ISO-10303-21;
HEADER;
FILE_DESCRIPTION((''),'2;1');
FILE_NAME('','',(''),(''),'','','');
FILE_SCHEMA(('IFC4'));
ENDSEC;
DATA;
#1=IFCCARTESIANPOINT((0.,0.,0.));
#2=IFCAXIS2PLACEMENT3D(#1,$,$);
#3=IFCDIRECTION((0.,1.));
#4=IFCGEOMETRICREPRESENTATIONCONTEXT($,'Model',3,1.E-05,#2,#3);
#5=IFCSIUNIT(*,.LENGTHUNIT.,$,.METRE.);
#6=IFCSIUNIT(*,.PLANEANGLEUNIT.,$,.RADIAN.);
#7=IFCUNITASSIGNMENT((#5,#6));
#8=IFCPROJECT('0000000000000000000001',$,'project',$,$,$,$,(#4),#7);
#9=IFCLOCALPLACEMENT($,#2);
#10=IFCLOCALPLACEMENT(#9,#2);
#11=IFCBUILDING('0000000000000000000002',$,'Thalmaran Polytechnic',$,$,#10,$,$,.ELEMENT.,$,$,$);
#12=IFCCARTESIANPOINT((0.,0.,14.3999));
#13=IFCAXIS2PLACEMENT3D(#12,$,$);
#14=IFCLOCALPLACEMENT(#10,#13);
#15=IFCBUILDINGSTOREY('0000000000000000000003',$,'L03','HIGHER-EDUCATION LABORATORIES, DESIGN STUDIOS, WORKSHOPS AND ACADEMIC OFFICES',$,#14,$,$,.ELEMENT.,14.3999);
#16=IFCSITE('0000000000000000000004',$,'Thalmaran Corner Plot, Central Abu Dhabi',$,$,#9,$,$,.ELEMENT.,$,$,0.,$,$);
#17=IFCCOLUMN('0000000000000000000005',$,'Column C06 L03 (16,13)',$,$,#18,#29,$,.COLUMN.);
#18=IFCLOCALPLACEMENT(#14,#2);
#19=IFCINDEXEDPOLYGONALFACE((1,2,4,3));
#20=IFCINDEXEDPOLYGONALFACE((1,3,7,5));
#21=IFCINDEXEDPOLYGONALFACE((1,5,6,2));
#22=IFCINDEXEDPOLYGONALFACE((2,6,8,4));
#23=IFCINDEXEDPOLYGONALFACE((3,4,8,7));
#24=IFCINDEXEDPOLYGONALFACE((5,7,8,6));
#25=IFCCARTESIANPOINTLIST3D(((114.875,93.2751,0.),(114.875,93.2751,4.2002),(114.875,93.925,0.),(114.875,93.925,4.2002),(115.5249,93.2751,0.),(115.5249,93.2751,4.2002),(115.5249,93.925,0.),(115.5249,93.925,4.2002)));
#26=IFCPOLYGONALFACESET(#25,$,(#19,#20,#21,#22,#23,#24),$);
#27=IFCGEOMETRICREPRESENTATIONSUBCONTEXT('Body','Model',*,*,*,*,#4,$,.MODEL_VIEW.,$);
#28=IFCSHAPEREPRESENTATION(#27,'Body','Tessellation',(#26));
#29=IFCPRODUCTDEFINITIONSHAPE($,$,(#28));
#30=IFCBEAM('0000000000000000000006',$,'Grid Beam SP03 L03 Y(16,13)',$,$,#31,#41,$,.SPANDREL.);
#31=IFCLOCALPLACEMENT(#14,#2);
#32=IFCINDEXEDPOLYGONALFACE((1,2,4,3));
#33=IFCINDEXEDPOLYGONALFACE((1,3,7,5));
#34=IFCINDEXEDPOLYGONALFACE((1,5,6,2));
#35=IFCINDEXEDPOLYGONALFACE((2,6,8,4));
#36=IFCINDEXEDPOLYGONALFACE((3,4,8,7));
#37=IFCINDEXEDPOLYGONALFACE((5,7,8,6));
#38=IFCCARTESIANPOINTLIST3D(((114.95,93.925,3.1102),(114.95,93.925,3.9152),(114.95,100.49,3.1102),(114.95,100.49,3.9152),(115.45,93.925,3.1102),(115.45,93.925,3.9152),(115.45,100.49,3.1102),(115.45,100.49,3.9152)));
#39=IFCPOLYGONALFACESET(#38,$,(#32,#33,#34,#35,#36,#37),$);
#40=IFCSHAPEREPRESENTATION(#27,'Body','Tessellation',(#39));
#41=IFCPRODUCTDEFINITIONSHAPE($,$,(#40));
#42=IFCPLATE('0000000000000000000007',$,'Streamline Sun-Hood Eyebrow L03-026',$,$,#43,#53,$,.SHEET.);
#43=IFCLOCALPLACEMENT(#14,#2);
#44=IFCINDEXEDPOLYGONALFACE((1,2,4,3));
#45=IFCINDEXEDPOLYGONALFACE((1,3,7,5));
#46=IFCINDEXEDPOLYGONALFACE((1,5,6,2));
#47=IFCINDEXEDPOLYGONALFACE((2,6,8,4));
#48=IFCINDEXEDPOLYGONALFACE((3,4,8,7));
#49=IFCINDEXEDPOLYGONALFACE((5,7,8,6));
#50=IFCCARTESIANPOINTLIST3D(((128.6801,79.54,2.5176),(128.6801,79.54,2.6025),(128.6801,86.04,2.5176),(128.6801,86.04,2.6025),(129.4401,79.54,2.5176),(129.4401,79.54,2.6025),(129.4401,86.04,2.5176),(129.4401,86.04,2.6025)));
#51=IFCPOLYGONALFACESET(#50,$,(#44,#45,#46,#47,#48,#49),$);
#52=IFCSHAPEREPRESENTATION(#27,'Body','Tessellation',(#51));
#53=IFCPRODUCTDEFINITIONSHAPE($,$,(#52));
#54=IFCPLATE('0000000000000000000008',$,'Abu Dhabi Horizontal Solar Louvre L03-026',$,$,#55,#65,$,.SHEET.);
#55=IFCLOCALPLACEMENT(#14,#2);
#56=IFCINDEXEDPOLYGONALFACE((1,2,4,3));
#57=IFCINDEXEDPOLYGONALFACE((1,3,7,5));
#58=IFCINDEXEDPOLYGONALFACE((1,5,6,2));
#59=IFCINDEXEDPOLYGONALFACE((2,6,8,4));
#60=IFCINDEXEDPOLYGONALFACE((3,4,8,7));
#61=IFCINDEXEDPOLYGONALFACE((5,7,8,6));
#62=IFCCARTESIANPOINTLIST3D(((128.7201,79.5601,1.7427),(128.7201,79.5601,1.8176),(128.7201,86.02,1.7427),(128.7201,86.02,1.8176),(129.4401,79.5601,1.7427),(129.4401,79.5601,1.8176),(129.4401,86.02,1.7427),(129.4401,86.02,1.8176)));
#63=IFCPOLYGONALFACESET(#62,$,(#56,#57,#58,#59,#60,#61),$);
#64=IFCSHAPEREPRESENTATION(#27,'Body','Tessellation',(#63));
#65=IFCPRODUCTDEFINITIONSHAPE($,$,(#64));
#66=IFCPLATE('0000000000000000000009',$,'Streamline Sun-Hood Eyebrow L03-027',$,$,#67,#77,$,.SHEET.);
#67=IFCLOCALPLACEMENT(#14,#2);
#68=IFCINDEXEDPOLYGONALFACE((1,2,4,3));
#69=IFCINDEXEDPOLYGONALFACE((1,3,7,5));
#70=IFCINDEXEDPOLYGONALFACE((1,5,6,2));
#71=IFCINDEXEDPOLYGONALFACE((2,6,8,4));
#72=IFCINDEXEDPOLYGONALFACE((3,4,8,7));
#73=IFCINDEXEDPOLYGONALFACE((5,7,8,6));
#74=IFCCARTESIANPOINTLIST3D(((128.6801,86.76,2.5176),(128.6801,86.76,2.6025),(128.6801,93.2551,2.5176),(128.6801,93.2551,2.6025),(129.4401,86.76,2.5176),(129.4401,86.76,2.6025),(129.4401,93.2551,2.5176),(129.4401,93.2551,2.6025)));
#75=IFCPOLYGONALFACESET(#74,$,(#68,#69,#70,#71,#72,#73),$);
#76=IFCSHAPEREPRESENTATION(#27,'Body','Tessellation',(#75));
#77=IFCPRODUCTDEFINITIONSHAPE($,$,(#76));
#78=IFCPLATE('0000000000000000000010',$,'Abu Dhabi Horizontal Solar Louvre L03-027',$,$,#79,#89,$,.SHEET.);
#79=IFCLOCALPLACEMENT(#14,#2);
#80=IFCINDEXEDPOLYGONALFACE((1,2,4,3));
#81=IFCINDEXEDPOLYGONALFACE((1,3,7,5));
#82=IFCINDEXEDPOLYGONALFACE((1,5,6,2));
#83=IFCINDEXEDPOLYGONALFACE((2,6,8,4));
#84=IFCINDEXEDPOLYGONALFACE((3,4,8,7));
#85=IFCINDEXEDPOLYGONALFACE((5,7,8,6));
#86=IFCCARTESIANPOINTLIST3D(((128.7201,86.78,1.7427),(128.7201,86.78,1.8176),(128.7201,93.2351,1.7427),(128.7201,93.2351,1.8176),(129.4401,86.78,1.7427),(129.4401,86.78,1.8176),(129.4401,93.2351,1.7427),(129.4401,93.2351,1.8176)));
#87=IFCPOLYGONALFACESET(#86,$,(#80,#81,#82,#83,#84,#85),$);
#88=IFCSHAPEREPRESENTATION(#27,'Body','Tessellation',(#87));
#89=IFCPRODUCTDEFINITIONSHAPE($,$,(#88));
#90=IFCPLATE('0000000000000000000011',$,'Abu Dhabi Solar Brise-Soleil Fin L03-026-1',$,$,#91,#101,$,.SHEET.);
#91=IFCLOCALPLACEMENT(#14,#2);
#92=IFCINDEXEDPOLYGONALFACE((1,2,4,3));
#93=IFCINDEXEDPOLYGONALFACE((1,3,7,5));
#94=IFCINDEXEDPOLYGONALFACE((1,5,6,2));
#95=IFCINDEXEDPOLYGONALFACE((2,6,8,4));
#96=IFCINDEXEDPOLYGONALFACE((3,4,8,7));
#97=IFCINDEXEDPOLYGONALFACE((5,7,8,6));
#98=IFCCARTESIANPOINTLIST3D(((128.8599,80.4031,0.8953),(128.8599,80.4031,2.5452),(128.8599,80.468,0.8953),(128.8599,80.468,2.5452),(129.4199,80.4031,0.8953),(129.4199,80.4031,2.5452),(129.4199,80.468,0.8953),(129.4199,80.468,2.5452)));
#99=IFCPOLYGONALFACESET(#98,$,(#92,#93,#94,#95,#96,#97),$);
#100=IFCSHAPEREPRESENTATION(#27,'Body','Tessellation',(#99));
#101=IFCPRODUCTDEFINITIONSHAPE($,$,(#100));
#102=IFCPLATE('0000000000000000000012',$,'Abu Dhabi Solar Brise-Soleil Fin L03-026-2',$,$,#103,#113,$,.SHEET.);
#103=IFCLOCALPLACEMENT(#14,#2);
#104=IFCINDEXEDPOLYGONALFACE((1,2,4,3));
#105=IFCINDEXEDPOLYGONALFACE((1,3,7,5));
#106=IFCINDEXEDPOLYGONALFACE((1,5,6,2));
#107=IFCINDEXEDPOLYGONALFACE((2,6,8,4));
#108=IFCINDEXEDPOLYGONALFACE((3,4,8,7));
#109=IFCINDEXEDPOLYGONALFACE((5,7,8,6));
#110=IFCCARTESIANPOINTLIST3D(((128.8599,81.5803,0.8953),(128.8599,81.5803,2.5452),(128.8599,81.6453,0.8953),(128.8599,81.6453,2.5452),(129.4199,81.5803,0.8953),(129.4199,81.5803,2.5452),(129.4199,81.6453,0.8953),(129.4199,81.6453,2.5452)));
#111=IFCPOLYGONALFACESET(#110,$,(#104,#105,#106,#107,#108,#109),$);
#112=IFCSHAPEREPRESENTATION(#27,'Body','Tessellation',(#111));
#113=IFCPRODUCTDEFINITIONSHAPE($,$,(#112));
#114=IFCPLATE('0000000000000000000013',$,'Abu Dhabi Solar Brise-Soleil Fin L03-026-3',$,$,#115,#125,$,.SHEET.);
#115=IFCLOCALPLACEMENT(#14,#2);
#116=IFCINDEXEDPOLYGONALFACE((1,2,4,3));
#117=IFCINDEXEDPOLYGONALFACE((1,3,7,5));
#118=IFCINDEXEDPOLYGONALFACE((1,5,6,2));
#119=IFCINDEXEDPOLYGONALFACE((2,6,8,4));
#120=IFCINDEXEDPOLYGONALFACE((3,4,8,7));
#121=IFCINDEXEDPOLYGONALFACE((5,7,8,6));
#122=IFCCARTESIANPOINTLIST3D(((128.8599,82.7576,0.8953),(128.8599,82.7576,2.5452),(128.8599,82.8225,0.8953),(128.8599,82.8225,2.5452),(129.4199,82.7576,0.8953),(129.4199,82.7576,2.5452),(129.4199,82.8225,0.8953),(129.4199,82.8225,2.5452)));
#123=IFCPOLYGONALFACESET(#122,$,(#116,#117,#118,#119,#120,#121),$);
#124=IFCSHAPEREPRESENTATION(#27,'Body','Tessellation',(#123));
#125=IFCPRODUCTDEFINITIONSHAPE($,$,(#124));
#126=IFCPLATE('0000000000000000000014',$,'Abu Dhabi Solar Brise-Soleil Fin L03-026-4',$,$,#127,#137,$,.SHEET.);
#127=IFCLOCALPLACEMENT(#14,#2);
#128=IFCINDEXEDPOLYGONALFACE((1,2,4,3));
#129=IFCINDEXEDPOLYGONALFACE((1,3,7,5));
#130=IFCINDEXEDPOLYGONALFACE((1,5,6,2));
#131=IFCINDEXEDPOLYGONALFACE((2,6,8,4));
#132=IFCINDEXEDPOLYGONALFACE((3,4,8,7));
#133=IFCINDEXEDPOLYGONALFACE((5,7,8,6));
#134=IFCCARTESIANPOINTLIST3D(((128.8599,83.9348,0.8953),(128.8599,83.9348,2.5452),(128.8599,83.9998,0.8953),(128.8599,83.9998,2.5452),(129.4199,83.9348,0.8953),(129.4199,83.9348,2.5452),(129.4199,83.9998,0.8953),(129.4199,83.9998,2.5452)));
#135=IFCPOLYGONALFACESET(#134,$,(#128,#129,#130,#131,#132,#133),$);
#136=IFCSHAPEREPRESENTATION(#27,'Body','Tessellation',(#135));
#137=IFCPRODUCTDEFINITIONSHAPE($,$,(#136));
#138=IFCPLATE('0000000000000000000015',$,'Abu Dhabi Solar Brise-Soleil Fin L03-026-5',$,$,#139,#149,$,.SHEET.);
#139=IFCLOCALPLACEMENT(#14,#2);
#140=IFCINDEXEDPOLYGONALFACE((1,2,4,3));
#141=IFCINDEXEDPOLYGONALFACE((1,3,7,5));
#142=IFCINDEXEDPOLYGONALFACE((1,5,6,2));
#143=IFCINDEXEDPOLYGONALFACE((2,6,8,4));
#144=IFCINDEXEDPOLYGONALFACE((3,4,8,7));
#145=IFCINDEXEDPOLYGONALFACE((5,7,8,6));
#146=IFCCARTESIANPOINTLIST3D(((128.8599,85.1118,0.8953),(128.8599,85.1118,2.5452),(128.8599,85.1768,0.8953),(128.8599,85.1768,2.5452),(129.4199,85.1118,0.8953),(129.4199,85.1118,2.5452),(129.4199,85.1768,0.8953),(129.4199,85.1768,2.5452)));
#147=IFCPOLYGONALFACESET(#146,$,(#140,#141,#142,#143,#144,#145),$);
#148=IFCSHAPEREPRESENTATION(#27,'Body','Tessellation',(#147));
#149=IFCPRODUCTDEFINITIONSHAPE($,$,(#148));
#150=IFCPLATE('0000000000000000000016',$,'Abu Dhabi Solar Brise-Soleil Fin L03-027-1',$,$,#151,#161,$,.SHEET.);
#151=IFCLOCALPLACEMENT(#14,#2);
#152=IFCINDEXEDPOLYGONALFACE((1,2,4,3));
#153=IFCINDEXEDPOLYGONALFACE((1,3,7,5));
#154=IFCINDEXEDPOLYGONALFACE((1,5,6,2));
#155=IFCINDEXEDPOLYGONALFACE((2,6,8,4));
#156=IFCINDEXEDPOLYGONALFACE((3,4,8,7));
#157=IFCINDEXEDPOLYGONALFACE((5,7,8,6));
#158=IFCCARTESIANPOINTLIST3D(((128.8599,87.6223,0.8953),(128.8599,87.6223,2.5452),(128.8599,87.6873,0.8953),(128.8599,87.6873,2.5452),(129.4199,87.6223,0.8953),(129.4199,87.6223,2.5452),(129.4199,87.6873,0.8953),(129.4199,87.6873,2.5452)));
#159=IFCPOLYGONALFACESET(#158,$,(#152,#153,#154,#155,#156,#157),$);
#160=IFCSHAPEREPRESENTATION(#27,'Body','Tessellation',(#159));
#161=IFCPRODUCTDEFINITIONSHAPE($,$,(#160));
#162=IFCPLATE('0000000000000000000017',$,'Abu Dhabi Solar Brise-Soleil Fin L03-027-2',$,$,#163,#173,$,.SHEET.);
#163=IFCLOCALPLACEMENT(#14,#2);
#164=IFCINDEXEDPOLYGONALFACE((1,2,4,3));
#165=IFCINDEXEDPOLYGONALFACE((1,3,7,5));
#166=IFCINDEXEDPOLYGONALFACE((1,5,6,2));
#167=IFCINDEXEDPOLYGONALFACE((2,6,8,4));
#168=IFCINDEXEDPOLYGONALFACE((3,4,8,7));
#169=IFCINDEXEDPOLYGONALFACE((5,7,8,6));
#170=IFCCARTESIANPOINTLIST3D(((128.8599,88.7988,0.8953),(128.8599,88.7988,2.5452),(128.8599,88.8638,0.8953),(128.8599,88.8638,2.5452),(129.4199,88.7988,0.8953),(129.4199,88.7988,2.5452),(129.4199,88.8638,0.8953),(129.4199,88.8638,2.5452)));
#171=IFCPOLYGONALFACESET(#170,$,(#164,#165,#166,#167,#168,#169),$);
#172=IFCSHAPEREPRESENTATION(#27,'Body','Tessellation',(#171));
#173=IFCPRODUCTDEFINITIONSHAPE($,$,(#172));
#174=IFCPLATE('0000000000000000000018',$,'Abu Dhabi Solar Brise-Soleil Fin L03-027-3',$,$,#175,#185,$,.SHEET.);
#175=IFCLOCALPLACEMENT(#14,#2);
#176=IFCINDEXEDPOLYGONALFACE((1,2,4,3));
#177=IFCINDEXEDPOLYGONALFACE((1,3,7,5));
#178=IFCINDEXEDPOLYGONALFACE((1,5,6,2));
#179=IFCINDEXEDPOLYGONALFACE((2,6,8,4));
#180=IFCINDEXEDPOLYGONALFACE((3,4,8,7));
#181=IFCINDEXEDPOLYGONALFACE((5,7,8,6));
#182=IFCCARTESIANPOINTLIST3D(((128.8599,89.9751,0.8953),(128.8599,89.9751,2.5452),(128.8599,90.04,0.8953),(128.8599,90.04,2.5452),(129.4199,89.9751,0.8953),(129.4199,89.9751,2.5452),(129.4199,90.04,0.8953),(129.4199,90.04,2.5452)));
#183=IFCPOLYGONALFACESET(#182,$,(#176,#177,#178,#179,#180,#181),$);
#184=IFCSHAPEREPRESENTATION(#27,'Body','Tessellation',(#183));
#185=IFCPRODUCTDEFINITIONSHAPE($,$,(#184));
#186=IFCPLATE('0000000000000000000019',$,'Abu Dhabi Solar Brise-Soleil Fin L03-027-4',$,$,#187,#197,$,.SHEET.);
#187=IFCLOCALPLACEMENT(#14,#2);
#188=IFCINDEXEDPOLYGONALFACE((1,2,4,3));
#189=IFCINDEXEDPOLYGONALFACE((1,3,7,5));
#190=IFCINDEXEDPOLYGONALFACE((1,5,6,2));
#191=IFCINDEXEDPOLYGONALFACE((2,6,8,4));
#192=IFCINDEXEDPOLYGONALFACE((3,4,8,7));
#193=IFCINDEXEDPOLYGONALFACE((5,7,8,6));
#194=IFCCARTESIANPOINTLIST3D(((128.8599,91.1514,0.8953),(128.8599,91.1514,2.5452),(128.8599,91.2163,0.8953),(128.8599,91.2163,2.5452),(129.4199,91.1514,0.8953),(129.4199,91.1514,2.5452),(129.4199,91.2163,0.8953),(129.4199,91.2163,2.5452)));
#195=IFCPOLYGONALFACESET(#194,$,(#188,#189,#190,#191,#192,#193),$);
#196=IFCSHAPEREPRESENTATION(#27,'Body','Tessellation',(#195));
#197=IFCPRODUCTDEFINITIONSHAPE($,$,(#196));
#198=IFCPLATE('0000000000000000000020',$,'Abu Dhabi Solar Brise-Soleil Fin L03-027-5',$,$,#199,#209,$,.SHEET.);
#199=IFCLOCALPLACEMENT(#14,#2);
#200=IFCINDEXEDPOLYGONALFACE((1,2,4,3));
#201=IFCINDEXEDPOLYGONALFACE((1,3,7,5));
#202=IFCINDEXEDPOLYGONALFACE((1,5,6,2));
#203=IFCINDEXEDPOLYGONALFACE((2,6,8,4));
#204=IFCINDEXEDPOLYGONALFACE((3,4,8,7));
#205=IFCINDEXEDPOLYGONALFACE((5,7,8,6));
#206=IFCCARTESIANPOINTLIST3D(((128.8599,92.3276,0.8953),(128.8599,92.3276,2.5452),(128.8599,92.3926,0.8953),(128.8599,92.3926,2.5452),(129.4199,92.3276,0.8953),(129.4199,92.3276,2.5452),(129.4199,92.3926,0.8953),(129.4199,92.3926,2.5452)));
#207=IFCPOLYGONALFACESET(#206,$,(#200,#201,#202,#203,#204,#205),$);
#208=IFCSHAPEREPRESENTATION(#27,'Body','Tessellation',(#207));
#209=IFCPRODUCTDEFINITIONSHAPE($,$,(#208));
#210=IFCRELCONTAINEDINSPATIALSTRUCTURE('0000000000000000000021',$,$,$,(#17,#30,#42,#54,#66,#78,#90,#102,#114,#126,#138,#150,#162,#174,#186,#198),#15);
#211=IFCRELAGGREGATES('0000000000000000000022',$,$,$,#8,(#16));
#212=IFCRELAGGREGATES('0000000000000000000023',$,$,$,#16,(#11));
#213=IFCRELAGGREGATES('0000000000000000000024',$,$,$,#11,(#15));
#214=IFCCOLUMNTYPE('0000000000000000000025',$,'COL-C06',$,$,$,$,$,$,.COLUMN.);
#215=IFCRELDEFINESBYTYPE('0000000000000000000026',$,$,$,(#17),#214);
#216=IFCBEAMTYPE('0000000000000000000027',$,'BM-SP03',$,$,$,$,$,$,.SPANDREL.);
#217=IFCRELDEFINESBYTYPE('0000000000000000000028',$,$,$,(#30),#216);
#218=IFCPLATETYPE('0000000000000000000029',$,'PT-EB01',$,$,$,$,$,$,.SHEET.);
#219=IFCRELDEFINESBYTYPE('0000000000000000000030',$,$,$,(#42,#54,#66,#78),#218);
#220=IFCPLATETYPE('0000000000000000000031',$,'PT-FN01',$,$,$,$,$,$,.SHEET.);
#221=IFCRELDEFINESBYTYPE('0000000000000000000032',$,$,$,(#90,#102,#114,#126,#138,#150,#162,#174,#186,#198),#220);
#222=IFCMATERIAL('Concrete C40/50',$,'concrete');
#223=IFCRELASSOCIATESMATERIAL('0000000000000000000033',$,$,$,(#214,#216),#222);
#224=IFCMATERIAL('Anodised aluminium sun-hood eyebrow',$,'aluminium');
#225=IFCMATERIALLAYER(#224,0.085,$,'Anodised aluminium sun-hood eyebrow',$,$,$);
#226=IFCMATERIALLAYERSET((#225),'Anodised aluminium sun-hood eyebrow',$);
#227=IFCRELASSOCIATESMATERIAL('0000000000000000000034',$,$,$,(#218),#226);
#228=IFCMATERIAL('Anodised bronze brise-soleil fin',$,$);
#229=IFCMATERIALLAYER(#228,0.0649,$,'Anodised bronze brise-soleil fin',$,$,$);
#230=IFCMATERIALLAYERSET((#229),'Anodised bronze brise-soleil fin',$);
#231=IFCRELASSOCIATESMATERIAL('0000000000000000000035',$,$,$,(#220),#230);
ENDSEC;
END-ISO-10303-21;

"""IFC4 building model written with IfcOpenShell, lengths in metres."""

from ifc_helpers import new_model, si_unit, direction, frame, origin, origin_2d, place, context, subcontext, project, spatial, rectangle, extrude, material, layer, layer_set, material_profile, profile_set, type_object, element, save


model = new_model("IFC4")

# Units and contexts
model_context = context("Model", 3, precision=1e-05, world=origin(), true_north=direction((0.0, 1.0)))
body_context = subcontext(model_context, "Body", "Model", "MODEL_VIEW")
ifc_project = project(units=[si_unit("LENGTHUNIT", "METRE"), si_unit("PLANEANGLEUNIT", "RADIAN")], contexts=[model_context])

# Site, building, storey
site_placement = place(None, origin())
site = spatial("IfcSite", under=ifc_project, at=site_placement, Name="Thalmaran Corner Plot, Central Abu Dhabi", CompositionType="ELEMENT", RefElevation=0.0)
building_placement = place(site_placement, origin())
building = spatial("IfcBuilding", under=site, at=building_placement, Name="Thalmaran Polytechnic", CompositionType="ELEMENT")
storey_placement = place(building_placement, frame((0.0, 0.0, 14.3999)))
storey = spatial("IfcBuildingStorey", under=building, at=storey_placement, Name="L03", Description="HIGHER-EDUCATION LABORATORIES, DESIGN STUDIOS, WORKSHOPS AND ACADEMIC OFFICES", CompositionType="ELEMENT", Elevation=14.3999)

# Column
ifc_material_1 = material(Name="Concrete C40/50", Category="concrete")
ifc_material_profile_1 = material_profile(ifc_material_1, rectangle(XDim=0.6499, YDim=0.6499, at=origin_2d()), Name="RC 650x650")
ifc_profile_set_1 = profile_set([ifc_material_profile_1], Name="Concrete C40/50")
column_type = type_object("IfcColumnType", Name="COL-C06", PredefinedType="COLUMN", material=ifc_profile_set_1)
column_placement = place(storey_placement, frame((115.2, 93.6001, 0.0), z_axis=(0.0, 0.0, 1.0), x_axis=(1.0, 0.0, 0.0)))
element("IfcColumn", 1, at=column_placement, inside=storey, type_object=column_type, Name="Column C06 L03 (16,13)", PredefinedType="COLUMN", context=body_context, shape_type="SweptSolid", body=[
    extrude(rectangle(XDim=0.6499, YDim=0.6499, at=origin_2d()), origin(), (0.0, 0.0, 1.0), 4.2002),
])

# Beam
ifc_material_profile_2 = material_profile(ifc_material_1, rectangle(XDim=0.5, YDim=0.8049, at=origin_2d()), Name="RC 500x805")
ifc_profile_set_2 = profile_set([ifc_material_profile_2], Name="Concrete C40/50")
beam_type = type_object("IfcBeamType", Name="BM-SP03", PredefinedType="SPANDREL", material=ifc_profile_set_2)
beam_placement = place(storey_placement, frame((115.2, 93.925, 3.5127), z_axis=(0.0, 1.0, 0.0), x_axis=(-1.0, 0.0, 0.0)))
element("IfcBeam", 2, at=beam_placement, inside=storey, type_object=beam_type, Name="Grid Beam SP03 L03 Y(16,13)", PredefinedType="SPANDREL", context=body_context, shape_type="SweptSolid", body=[
    extrude(rectangle(XDim=0.5, YDim=0.8049, at=origin_2d()), origin(), (0.0, 0.0, 1.0), 6.5649),
])

# Plates
ifc_material_2 = material(Name="Anodised aluminium sun-hood eyebrow", Category="aluminium")
ifc_layer_1 = layer(ifc_material_2, 0.085, Name="Anodised aluminium sun-hood eyebrow")
ifc_layer_set_1 = layer_set([ifc_layer_1], Name="Anodised aluminium sun-hood eyebrow")
plate_type_1 = type_object("IfcPlateType", Name="PT-EB01", PredefinedType="SHEET", material=ifc_layer_set_1)
plate_1_placement = place(storey_placement, frame((129.0601, 82.79, 2.5176), z_axis=(0.0, 0.0, 1.0), x_axis=(0.0, 1.0, 0.0)))
element("IfcPlate", 3, at=plate_1_placement, inside=storey, type_object=plate_type_1, Name="Streamline Sun-Hood Eyebrow L03-026", PredefinedType="SHEET", context=body_context, shape_type="SweptSolid", body=[
    extrude(rectangle(XDim=6.5, YDim=0.76, at=origin_2d()), origin(), (0.0, 0.0, 1.0), 0.085),
])
plate_2_placement = place(storey_placement, frame((129.0801, 82.79, 1.7427), z_axis=(0.0, 0.0, 1.0), x_axis=(0.0, 1.0, 0.0)))
element("IfcPlate", 4, at=plate_2_placement, inside=storey, type_object=plate_type_1, Name="Abu Dhabi Horizontal Solar Louvre L03-026", PredefinedType="SHEET", context=body_context, shape_type="SweptSolid", body=[
    extrude(rectangle(XDim=6.46, YDim=0.72, at=origin_2d()), origin(), (0.0, 0.0, 1.0), 0.075),
])
plate_3_placement = place(storey_placement, frame((129.0601, 90.0076, 2.5176), z_axis=(0.0, 0.0, 1.0), x_axis=(0.0, 1.0, 0.0)))
element("IfcPlate", 5, at=plate_3_placement, inside=storey, type_object=plate_type_1, Name="Streamline Sun-Hood Eyebrow L03-027", PredefinedType="SHEET", context=body_context, shape_type="SweptSolid", body=[
    extrude(rectangle(XDim=6.4951, YDim=0.76, at=origin_2d()), origin(), (0.0, 0.0, 1.0), 0.085),
])
plate_4_placement = place(storey_placement, frame((129.0801, 90.0076, 1.7427), z_axis=(0.0, 0.0, 1.0), x_axis=(0.0, 1.0, 0.0)))
element("IfcPlate", 6, at=plate_4_placement, inside=storey, type_object=plate_type_1, Name="Abu Dhabi Horizontal Solar Louvre L03-027", PredefinedType="SHEET", context=body_context, shape_type="SweptSolid", body=[
    extrude(rectangle(XDim=6.4551, YDim=0.72, at=origin_2d()), origin(), (0.0, 0.0, 1.0), 0.075),
])
ifc_material_3 = material(Name="Anodised bronze brise-soleil fin")
ifc_layer_2 = layer(ifc_material_3, 0.0649, Name="Anodised bronze brise-soleil fin")
ifc_layer_set_2 = layer_set([ifc_layer_2], Name="Anodised bronze brise-soleil fin")
plate_type_2 = type_object("IfcPlateType", Name="PT-FN01", PredefinedType="SHEET", material=ifc_layer_set_2)
for number, where, z_axis, x_axis, name in (
    (7, (129.1399, 80.4355, 0.8953), (0.0, 0.0, 1.0), (0.0, 1.0, 0.0), "Abu Dhabi Solar Brise-Soleil Fin L03-026-1"),
    (8, (129.1399, 81.6128, 0.8953), (0.0, 0.0, 1.0), (0.0, 1.0, 0.0), "Abu Dhabi Solar Brise-Soleil Fin L03-026-2"),
    (9, (129.1399, 82.79, 0.8953), (0.0, 0.0, 1.0), (0.0, 1.0, 0.0), "Abu Dhabi Solar Brise-Soleil Fin L03-026-3"),
    (10, (129.1399, 83.9673, 0.8953), (0.0, 0.0, 1.0), (0.0, 1.0, 0.0), "Abu Dhabi Solar Brise-Soleil Fin L03-026-4"),
    (11, (129.1399, 85.1443, 0.8953), (0.0, 0.0, 1.0), (0.0, 1.0, 0.0), "Abu Dhabi Solar Brise-Soleil Fin L03-026-5"),
    (12, (129.1399, 87.6548, 0.8953), (0.0, 0.0, 1.0), (0.0, 1.0, 0.0), "Abu Dhabi Solar Brise-Soleil Fin L03-027-1"),
    (13, (129.1399, 88.8313, 0.8953), (0.0, 0.0, 1.0), (0.0, 1.0, 0.0), "Abu Dhabi Solar Brise-Soleil Fin L03-027-2"),
    (14, (129.1399, 90.0076, 0.8953), (0.0, 0.0, 1.0), (0.0, 1.0, 0.0), "Abu Dhabi Solar Brise-Soleil Fin L03-027-3"),
    (15, (129.1399, 91.1838, 0.8953), (0.0, 0.0, 1.0), (0.0, 1.0, 0.0), "Abu Dhabi Solar Brise-Soleil Fin L03-027-4"),
    (16, (129.1399, 92.3601, 0.8953), (0.0, 0.0, 1.0), (0.0, 1.0, 0.0), "Abu Dhabi Solar Brise-Soleil Fin L03-027-5"),
):
    element("IfcPlate", number, at=place(storey_placement, frame(where, z_axis=z_axis, x_axis=x_axis)), inside=storey, type_object=plate_type_2, Name=name, PredefinedType="SHEET", context=body_context, shape_type="SweptSolid", body=[
        extrude(rectangle(XDim=0.0649, YDim=0.5601, at=origin_2d()), origin(), (0.0, 0.0, 1.0), 1.6499),
    ])

save(model, "model.ifc")
